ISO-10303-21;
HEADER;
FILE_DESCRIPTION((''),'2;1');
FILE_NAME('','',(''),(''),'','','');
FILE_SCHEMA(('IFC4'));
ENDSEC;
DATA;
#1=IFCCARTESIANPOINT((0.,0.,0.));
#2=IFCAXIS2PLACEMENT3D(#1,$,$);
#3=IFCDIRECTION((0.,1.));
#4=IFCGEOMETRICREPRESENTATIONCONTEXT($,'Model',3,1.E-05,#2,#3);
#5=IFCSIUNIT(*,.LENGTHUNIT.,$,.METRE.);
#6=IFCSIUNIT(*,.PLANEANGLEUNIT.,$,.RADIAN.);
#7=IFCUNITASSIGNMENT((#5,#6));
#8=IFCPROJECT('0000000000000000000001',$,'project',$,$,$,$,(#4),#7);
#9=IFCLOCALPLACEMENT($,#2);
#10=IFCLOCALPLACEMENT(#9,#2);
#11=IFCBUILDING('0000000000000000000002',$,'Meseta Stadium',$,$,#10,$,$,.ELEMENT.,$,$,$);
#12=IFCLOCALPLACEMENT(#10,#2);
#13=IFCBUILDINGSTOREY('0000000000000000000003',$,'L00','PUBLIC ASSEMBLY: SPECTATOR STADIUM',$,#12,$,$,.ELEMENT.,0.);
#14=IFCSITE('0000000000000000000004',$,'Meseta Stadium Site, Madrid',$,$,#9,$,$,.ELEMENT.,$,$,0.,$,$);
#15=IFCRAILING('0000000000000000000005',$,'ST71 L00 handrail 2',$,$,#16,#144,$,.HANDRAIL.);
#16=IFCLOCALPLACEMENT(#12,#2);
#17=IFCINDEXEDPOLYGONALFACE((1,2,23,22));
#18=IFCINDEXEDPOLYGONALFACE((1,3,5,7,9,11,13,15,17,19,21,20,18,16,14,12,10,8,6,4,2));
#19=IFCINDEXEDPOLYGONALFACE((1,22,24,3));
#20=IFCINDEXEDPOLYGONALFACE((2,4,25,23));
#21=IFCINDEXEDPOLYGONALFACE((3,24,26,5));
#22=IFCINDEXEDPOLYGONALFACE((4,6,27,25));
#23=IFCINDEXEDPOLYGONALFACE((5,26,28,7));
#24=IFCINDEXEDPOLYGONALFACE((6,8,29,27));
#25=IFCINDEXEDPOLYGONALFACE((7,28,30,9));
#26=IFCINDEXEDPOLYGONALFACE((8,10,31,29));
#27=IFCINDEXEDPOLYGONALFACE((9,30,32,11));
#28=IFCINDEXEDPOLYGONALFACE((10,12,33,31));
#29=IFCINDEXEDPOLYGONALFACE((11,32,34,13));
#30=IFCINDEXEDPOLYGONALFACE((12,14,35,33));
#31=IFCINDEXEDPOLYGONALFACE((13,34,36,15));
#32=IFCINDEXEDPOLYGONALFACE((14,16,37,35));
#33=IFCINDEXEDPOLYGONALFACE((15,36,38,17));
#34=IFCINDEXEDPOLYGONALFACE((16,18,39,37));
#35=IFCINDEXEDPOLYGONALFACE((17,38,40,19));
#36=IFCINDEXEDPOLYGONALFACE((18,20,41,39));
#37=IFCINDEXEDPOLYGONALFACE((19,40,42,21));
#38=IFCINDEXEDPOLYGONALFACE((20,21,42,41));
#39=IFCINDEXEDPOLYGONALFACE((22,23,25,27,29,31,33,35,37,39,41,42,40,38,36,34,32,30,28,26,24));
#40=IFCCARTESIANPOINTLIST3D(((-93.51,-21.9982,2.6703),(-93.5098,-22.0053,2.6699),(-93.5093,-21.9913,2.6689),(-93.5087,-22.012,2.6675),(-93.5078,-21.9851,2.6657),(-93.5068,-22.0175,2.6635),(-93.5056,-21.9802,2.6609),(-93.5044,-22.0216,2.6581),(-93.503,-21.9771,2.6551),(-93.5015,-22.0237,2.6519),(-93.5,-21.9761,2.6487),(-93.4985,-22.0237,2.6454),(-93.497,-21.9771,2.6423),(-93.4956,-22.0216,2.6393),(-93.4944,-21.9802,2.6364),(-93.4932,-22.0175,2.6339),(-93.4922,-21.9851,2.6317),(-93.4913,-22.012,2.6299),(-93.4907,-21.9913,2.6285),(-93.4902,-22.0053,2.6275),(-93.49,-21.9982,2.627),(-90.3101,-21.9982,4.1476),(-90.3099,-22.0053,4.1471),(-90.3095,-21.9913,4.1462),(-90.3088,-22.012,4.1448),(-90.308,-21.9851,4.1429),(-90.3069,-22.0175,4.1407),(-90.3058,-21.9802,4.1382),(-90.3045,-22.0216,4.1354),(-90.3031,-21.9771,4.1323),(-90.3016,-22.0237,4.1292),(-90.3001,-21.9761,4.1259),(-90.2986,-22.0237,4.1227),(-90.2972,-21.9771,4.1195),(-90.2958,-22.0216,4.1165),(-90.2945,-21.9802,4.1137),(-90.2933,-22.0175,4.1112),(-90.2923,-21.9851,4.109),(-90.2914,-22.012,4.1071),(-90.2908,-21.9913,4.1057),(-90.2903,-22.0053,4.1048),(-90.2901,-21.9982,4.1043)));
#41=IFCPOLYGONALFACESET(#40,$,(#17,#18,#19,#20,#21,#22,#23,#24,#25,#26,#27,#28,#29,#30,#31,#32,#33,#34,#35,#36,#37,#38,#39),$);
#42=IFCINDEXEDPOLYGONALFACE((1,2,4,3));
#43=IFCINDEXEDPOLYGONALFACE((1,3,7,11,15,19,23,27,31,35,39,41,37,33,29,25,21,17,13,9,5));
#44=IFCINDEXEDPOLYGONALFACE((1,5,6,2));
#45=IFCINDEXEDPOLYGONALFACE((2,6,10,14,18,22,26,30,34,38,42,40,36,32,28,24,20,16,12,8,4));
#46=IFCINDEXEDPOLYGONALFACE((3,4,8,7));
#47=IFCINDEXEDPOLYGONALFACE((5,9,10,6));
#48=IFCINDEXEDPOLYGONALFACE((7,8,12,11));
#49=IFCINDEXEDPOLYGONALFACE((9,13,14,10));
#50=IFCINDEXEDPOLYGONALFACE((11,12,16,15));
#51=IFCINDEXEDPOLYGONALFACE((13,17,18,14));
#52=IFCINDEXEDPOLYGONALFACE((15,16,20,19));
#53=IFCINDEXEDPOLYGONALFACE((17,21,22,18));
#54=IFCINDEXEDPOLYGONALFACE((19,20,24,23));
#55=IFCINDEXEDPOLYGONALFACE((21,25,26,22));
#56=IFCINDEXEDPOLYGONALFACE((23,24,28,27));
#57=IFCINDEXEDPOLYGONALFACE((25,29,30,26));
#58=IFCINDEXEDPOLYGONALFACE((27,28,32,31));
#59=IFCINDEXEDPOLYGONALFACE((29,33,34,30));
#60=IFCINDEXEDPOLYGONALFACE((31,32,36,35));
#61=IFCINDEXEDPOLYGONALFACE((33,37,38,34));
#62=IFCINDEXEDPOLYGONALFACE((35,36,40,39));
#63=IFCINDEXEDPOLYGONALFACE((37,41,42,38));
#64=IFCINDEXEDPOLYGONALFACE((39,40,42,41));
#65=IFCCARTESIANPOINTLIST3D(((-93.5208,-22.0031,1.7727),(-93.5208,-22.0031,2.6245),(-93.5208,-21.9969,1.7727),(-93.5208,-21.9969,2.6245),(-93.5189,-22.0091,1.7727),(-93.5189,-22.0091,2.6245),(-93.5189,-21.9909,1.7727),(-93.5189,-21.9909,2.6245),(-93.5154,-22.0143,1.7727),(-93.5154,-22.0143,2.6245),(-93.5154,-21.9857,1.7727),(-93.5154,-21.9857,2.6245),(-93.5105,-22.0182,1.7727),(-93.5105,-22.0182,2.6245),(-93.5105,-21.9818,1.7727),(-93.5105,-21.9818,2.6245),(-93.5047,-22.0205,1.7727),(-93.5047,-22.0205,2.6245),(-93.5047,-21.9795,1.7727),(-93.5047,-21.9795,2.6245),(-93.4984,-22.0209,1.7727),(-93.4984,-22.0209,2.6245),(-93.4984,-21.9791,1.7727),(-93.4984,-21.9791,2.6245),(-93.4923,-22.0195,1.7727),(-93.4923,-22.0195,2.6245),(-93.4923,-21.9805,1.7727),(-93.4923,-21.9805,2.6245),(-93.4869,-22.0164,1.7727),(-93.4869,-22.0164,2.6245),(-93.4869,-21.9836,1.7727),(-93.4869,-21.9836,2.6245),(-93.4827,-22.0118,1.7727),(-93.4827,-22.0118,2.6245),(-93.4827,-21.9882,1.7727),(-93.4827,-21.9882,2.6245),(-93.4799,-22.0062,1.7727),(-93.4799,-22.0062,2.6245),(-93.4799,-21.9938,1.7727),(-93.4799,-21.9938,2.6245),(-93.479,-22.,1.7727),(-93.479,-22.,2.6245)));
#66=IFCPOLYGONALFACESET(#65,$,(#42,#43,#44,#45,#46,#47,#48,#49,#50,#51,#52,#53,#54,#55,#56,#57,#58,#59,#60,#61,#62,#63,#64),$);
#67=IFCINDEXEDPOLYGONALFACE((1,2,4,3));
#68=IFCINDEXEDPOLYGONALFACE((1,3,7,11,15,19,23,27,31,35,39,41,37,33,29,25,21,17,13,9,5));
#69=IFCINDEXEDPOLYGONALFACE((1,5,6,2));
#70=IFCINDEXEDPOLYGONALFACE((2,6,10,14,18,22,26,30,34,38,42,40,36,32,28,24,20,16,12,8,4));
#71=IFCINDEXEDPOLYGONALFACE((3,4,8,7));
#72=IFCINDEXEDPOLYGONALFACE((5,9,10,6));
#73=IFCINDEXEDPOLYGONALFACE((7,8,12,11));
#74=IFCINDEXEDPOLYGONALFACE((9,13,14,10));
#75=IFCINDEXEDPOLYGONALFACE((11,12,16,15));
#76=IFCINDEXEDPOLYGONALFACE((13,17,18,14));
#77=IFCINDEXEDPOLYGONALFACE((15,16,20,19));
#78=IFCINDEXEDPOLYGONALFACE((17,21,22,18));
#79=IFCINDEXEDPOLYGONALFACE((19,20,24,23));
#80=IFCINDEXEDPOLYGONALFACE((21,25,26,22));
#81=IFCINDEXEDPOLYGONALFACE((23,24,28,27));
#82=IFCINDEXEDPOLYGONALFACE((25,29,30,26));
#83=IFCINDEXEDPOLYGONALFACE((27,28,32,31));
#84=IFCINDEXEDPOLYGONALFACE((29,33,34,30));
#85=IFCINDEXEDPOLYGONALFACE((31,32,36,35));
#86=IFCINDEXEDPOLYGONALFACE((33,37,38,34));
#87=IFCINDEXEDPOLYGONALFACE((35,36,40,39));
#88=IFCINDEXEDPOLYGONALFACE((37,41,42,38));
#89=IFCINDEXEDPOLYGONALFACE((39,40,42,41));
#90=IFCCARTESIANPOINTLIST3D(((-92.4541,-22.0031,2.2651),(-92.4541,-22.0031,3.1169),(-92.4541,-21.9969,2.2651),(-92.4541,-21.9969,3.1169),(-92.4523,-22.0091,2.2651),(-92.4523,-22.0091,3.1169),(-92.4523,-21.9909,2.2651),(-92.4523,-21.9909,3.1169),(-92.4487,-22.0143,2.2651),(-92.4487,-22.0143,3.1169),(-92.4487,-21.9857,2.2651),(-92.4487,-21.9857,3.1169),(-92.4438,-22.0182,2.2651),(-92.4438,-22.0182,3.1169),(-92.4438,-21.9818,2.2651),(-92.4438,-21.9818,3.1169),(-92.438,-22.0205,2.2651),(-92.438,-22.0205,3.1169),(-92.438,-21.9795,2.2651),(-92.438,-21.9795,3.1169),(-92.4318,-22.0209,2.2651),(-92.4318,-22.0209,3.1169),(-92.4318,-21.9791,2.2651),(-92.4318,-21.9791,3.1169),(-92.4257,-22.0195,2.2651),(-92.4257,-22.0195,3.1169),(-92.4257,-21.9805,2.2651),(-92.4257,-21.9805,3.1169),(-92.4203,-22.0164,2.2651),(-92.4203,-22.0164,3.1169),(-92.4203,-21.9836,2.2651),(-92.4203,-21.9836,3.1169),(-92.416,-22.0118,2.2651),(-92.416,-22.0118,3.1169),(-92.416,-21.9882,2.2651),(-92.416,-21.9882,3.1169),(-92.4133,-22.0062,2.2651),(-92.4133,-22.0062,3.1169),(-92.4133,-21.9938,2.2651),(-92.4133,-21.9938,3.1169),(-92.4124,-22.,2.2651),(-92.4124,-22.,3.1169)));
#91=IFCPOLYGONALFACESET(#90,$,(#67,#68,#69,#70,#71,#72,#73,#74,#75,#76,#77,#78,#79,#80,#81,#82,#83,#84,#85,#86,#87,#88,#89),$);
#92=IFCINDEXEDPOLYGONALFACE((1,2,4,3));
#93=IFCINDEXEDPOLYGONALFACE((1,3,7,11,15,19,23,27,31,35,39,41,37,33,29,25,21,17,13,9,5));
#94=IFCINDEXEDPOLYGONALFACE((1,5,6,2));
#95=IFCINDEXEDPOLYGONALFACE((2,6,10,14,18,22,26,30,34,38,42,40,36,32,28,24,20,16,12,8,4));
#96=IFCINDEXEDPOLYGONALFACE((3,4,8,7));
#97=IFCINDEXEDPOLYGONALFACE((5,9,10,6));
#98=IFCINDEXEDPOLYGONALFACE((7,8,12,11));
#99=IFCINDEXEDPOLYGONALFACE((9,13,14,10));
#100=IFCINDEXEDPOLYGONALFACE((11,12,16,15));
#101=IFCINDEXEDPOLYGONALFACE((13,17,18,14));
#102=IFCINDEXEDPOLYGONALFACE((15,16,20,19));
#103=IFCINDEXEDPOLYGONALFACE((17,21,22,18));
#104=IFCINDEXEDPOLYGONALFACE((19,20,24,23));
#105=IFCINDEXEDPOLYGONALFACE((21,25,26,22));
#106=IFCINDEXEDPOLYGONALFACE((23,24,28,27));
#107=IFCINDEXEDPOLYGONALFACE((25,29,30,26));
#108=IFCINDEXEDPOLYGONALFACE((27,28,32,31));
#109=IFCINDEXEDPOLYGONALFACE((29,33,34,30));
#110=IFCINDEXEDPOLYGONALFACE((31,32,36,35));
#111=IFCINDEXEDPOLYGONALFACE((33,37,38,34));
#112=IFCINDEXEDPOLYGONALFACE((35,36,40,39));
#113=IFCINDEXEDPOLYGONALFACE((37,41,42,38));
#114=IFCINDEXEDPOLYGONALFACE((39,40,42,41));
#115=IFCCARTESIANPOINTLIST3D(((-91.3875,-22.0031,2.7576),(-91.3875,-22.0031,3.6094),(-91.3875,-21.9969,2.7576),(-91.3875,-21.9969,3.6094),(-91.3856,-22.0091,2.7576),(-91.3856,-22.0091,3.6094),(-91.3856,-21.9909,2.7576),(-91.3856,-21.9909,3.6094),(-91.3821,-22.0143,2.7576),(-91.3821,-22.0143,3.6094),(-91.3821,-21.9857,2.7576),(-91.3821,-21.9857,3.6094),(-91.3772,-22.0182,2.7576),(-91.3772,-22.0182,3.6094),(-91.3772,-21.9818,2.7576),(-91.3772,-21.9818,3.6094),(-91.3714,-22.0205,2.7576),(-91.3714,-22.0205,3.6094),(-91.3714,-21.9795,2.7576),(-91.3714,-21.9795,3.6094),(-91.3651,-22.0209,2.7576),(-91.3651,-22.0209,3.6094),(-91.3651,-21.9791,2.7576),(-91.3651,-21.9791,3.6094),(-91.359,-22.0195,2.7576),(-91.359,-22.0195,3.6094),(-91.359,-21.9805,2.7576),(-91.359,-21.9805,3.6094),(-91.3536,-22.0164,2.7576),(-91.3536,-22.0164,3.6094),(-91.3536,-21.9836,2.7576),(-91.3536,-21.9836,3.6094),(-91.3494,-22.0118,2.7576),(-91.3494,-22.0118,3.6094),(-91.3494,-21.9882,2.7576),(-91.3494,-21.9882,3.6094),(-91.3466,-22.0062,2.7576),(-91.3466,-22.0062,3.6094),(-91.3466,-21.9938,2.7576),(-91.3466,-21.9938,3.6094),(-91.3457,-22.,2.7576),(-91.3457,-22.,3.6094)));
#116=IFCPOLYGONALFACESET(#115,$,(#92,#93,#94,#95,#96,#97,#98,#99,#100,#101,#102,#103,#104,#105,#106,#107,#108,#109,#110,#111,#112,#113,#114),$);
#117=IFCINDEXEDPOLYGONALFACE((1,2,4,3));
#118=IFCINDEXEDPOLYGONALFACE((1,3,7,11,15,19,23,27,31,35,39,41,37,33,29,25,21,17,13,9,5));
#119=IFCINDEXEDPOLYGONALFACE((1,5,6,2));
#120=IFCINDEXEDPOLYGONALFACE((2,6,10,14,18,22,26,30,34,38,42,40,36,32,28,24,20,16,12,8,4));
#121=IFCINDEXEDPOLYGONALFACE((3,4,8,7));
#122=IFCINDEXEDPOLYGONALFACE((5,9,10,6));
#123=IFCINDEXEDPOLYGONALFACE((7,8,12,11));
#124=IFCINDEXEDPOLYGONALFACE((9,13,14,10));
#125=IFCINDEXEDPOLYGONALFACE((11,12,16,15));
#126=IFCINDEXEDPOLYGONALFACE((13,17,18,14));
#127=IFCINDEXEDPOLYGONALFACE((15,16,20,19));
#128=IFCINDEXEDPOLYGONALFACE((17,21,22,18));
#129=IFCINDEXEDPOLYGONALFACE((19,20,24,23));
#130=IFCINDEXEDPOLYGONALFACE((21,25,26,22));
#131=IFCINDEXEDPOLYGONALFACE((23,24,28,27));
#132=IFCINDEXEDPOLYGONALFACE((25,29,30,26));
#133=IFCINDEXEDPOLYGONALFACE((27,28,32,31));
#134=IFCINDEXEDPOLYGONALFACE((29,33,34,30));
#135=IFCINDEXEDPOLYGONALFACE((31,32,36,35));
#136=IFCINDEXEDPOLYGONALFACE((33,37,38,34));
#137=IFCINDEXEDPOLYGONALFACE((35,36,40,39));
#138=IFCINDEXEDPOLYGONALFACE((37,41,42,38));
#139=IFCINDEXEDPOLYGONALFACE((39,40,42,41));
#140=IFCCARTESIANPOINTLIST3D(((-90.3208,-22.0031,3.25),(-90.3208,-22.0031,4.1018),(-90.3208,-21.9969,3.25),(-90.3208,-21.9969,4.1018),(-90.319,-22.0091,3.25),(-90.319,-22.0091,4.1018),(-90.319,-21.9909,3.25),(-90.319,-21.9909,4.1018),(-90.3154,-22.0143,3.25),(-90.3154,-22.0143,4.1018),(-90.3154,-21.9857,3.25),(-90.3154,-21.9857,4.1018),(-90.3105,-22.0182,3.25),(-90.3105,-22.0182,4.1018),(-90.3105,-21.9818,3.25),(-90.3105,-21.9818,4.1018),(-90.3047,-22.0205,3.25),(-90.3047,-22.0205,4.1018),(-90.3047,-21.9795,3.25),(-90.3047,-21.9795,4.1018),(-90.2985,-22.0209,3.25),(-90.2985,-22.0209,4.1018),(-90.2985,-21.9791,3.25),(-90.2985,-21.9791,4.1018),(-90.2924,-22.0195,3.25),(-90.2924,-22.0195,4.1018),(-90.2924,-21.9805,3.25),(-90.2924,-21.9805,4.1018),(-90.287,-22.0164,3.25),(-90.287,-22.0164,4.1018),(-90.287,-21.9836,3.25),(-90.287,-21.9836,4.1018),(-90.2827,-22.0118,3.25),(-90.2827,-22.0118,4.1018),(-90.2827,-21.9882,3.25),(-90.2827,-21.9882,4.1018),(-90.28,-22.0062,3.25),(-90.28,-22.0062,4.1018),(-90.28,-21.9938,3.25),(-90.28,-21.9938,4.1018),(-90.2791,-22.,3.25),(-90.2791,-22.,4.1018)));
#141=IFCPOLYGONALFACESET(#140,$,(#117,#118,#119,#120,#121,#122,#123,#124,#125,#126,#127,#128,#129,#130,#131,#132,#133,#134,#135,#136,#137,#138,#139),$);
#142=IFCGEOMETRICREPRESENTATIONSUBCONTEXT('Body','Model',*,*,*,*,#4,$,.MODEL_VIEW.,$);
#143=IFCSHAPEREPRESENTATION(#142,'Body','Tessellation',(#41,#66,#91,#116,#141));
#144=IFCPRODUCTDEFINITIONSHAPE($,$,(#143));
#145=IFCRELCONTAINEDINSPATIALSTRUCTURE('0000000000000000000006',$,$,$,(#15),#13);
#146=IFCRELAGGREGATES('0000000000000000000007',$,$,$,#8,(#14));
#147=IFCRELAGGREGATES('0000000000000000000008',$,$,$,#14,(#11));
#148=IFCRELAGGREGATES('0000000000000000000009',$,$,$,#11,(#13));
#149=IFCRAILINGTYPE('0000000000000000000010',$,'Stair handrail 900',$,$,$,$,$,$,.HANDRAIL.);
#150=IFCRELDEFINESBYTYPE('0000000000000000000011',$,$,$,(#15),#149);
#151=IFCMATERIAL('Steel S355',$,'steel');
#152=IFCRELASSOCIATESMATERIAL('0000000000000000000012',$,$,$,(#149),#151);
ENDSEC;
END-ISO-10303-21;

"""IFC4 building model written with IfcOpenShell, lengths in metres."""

from ifc_helpers import new_model, si_unit, direction, frame, origin, origin_2d, place, context, subcontext, project, spatial, circle, extrude, material, type_object, element, save


model = new_model("IFC4")

# Units and contexts
model_context = context("Model", 3, precision=1e-05, world=origin(), true_north=direction((0.0, 1.0)))
body_context = subcontext(model_context, "Body", "Model", "MODEL_VIEW")
ifc_project = project(units=[si_unit("LENGTHUNIT", "METRE"), si_unit("PLANEANGLEUNIT", "RADIAN")], contexts=[model_context])

# Site, building, storey
site_placement = place(None, origin())
site = spatial("IfcSite", under=ifc_project, at=site_placement, Name="Meseta Stadium Site, Madrid", CompositionType="ELEMENT", RefElevation=0.0)
building_placement = place(site_placement, origin())
building = spatial("IfcBuilding", under=site, at=building_placement, Name="Meseta Stadium", CompositionType="ELEMENT")
storey_placement = place(building_placement, origin())
storey = spatial("IfcBuildingStorey", under=building, at=storey_placement, Name="L00", Description="PUBLIC ASSEMBLY: SPECTATOR STADIUM", CompositionType="ELEMENT", Elevation=0.0)

# Railing
ifc_material_1 = material(Name="Steel S355", Category="steel")
railing_type_1 = type_object("IfcRailingType", Name="Stair handrail 900", PredefinedType="HANDRAIL", material=ifc_material_1)
for number, where, name in (
    (1, (-93.5, -22.0, 1.7727), "ST71 L00 handrail 2"),
):
    element("IfcRailing", number, at=place(storey_placement, frame(where)), inside=storey, type_object=railing_type_1, Name=name, PredefinedType="HANDRAIL", context=body_context, shape_type="SweptSolid", body=[
        extrude(circle(Radius=0.0239, at=origin_2d()), frame((0.0, 0.0, 0.876), z_axis=(0.907917, 0.0, 0.41915), x_axis=(0.0, 1.0, 0.0)), (0.0, 0.0, 1.0), 3.5244),
        extrude(circle(Radius=0.021, at=origin_2d()), origin(), (0.0, 0.0, 1.0), 0.8518),
        extrude(circle(Radius=0.021, at=origin_2d()), frame((1.0667, 0.0, 0.4924)), (0.0, 0.0, 1.0), 0.8518),
        extrude(circle(Radius=0.021, at=origin_2d()), frame((2.1333, 0.0, 0.9849)), (0.0, 0.0, 1.0), 0.8518),
        extrude(circle(Radius=0.021, at=origin_2d()), frame((3.2, 0.0, 1.4773)), (0.0, 0.0, 1.0), 0.8518),
    ])

save(model, "model.ifc")
